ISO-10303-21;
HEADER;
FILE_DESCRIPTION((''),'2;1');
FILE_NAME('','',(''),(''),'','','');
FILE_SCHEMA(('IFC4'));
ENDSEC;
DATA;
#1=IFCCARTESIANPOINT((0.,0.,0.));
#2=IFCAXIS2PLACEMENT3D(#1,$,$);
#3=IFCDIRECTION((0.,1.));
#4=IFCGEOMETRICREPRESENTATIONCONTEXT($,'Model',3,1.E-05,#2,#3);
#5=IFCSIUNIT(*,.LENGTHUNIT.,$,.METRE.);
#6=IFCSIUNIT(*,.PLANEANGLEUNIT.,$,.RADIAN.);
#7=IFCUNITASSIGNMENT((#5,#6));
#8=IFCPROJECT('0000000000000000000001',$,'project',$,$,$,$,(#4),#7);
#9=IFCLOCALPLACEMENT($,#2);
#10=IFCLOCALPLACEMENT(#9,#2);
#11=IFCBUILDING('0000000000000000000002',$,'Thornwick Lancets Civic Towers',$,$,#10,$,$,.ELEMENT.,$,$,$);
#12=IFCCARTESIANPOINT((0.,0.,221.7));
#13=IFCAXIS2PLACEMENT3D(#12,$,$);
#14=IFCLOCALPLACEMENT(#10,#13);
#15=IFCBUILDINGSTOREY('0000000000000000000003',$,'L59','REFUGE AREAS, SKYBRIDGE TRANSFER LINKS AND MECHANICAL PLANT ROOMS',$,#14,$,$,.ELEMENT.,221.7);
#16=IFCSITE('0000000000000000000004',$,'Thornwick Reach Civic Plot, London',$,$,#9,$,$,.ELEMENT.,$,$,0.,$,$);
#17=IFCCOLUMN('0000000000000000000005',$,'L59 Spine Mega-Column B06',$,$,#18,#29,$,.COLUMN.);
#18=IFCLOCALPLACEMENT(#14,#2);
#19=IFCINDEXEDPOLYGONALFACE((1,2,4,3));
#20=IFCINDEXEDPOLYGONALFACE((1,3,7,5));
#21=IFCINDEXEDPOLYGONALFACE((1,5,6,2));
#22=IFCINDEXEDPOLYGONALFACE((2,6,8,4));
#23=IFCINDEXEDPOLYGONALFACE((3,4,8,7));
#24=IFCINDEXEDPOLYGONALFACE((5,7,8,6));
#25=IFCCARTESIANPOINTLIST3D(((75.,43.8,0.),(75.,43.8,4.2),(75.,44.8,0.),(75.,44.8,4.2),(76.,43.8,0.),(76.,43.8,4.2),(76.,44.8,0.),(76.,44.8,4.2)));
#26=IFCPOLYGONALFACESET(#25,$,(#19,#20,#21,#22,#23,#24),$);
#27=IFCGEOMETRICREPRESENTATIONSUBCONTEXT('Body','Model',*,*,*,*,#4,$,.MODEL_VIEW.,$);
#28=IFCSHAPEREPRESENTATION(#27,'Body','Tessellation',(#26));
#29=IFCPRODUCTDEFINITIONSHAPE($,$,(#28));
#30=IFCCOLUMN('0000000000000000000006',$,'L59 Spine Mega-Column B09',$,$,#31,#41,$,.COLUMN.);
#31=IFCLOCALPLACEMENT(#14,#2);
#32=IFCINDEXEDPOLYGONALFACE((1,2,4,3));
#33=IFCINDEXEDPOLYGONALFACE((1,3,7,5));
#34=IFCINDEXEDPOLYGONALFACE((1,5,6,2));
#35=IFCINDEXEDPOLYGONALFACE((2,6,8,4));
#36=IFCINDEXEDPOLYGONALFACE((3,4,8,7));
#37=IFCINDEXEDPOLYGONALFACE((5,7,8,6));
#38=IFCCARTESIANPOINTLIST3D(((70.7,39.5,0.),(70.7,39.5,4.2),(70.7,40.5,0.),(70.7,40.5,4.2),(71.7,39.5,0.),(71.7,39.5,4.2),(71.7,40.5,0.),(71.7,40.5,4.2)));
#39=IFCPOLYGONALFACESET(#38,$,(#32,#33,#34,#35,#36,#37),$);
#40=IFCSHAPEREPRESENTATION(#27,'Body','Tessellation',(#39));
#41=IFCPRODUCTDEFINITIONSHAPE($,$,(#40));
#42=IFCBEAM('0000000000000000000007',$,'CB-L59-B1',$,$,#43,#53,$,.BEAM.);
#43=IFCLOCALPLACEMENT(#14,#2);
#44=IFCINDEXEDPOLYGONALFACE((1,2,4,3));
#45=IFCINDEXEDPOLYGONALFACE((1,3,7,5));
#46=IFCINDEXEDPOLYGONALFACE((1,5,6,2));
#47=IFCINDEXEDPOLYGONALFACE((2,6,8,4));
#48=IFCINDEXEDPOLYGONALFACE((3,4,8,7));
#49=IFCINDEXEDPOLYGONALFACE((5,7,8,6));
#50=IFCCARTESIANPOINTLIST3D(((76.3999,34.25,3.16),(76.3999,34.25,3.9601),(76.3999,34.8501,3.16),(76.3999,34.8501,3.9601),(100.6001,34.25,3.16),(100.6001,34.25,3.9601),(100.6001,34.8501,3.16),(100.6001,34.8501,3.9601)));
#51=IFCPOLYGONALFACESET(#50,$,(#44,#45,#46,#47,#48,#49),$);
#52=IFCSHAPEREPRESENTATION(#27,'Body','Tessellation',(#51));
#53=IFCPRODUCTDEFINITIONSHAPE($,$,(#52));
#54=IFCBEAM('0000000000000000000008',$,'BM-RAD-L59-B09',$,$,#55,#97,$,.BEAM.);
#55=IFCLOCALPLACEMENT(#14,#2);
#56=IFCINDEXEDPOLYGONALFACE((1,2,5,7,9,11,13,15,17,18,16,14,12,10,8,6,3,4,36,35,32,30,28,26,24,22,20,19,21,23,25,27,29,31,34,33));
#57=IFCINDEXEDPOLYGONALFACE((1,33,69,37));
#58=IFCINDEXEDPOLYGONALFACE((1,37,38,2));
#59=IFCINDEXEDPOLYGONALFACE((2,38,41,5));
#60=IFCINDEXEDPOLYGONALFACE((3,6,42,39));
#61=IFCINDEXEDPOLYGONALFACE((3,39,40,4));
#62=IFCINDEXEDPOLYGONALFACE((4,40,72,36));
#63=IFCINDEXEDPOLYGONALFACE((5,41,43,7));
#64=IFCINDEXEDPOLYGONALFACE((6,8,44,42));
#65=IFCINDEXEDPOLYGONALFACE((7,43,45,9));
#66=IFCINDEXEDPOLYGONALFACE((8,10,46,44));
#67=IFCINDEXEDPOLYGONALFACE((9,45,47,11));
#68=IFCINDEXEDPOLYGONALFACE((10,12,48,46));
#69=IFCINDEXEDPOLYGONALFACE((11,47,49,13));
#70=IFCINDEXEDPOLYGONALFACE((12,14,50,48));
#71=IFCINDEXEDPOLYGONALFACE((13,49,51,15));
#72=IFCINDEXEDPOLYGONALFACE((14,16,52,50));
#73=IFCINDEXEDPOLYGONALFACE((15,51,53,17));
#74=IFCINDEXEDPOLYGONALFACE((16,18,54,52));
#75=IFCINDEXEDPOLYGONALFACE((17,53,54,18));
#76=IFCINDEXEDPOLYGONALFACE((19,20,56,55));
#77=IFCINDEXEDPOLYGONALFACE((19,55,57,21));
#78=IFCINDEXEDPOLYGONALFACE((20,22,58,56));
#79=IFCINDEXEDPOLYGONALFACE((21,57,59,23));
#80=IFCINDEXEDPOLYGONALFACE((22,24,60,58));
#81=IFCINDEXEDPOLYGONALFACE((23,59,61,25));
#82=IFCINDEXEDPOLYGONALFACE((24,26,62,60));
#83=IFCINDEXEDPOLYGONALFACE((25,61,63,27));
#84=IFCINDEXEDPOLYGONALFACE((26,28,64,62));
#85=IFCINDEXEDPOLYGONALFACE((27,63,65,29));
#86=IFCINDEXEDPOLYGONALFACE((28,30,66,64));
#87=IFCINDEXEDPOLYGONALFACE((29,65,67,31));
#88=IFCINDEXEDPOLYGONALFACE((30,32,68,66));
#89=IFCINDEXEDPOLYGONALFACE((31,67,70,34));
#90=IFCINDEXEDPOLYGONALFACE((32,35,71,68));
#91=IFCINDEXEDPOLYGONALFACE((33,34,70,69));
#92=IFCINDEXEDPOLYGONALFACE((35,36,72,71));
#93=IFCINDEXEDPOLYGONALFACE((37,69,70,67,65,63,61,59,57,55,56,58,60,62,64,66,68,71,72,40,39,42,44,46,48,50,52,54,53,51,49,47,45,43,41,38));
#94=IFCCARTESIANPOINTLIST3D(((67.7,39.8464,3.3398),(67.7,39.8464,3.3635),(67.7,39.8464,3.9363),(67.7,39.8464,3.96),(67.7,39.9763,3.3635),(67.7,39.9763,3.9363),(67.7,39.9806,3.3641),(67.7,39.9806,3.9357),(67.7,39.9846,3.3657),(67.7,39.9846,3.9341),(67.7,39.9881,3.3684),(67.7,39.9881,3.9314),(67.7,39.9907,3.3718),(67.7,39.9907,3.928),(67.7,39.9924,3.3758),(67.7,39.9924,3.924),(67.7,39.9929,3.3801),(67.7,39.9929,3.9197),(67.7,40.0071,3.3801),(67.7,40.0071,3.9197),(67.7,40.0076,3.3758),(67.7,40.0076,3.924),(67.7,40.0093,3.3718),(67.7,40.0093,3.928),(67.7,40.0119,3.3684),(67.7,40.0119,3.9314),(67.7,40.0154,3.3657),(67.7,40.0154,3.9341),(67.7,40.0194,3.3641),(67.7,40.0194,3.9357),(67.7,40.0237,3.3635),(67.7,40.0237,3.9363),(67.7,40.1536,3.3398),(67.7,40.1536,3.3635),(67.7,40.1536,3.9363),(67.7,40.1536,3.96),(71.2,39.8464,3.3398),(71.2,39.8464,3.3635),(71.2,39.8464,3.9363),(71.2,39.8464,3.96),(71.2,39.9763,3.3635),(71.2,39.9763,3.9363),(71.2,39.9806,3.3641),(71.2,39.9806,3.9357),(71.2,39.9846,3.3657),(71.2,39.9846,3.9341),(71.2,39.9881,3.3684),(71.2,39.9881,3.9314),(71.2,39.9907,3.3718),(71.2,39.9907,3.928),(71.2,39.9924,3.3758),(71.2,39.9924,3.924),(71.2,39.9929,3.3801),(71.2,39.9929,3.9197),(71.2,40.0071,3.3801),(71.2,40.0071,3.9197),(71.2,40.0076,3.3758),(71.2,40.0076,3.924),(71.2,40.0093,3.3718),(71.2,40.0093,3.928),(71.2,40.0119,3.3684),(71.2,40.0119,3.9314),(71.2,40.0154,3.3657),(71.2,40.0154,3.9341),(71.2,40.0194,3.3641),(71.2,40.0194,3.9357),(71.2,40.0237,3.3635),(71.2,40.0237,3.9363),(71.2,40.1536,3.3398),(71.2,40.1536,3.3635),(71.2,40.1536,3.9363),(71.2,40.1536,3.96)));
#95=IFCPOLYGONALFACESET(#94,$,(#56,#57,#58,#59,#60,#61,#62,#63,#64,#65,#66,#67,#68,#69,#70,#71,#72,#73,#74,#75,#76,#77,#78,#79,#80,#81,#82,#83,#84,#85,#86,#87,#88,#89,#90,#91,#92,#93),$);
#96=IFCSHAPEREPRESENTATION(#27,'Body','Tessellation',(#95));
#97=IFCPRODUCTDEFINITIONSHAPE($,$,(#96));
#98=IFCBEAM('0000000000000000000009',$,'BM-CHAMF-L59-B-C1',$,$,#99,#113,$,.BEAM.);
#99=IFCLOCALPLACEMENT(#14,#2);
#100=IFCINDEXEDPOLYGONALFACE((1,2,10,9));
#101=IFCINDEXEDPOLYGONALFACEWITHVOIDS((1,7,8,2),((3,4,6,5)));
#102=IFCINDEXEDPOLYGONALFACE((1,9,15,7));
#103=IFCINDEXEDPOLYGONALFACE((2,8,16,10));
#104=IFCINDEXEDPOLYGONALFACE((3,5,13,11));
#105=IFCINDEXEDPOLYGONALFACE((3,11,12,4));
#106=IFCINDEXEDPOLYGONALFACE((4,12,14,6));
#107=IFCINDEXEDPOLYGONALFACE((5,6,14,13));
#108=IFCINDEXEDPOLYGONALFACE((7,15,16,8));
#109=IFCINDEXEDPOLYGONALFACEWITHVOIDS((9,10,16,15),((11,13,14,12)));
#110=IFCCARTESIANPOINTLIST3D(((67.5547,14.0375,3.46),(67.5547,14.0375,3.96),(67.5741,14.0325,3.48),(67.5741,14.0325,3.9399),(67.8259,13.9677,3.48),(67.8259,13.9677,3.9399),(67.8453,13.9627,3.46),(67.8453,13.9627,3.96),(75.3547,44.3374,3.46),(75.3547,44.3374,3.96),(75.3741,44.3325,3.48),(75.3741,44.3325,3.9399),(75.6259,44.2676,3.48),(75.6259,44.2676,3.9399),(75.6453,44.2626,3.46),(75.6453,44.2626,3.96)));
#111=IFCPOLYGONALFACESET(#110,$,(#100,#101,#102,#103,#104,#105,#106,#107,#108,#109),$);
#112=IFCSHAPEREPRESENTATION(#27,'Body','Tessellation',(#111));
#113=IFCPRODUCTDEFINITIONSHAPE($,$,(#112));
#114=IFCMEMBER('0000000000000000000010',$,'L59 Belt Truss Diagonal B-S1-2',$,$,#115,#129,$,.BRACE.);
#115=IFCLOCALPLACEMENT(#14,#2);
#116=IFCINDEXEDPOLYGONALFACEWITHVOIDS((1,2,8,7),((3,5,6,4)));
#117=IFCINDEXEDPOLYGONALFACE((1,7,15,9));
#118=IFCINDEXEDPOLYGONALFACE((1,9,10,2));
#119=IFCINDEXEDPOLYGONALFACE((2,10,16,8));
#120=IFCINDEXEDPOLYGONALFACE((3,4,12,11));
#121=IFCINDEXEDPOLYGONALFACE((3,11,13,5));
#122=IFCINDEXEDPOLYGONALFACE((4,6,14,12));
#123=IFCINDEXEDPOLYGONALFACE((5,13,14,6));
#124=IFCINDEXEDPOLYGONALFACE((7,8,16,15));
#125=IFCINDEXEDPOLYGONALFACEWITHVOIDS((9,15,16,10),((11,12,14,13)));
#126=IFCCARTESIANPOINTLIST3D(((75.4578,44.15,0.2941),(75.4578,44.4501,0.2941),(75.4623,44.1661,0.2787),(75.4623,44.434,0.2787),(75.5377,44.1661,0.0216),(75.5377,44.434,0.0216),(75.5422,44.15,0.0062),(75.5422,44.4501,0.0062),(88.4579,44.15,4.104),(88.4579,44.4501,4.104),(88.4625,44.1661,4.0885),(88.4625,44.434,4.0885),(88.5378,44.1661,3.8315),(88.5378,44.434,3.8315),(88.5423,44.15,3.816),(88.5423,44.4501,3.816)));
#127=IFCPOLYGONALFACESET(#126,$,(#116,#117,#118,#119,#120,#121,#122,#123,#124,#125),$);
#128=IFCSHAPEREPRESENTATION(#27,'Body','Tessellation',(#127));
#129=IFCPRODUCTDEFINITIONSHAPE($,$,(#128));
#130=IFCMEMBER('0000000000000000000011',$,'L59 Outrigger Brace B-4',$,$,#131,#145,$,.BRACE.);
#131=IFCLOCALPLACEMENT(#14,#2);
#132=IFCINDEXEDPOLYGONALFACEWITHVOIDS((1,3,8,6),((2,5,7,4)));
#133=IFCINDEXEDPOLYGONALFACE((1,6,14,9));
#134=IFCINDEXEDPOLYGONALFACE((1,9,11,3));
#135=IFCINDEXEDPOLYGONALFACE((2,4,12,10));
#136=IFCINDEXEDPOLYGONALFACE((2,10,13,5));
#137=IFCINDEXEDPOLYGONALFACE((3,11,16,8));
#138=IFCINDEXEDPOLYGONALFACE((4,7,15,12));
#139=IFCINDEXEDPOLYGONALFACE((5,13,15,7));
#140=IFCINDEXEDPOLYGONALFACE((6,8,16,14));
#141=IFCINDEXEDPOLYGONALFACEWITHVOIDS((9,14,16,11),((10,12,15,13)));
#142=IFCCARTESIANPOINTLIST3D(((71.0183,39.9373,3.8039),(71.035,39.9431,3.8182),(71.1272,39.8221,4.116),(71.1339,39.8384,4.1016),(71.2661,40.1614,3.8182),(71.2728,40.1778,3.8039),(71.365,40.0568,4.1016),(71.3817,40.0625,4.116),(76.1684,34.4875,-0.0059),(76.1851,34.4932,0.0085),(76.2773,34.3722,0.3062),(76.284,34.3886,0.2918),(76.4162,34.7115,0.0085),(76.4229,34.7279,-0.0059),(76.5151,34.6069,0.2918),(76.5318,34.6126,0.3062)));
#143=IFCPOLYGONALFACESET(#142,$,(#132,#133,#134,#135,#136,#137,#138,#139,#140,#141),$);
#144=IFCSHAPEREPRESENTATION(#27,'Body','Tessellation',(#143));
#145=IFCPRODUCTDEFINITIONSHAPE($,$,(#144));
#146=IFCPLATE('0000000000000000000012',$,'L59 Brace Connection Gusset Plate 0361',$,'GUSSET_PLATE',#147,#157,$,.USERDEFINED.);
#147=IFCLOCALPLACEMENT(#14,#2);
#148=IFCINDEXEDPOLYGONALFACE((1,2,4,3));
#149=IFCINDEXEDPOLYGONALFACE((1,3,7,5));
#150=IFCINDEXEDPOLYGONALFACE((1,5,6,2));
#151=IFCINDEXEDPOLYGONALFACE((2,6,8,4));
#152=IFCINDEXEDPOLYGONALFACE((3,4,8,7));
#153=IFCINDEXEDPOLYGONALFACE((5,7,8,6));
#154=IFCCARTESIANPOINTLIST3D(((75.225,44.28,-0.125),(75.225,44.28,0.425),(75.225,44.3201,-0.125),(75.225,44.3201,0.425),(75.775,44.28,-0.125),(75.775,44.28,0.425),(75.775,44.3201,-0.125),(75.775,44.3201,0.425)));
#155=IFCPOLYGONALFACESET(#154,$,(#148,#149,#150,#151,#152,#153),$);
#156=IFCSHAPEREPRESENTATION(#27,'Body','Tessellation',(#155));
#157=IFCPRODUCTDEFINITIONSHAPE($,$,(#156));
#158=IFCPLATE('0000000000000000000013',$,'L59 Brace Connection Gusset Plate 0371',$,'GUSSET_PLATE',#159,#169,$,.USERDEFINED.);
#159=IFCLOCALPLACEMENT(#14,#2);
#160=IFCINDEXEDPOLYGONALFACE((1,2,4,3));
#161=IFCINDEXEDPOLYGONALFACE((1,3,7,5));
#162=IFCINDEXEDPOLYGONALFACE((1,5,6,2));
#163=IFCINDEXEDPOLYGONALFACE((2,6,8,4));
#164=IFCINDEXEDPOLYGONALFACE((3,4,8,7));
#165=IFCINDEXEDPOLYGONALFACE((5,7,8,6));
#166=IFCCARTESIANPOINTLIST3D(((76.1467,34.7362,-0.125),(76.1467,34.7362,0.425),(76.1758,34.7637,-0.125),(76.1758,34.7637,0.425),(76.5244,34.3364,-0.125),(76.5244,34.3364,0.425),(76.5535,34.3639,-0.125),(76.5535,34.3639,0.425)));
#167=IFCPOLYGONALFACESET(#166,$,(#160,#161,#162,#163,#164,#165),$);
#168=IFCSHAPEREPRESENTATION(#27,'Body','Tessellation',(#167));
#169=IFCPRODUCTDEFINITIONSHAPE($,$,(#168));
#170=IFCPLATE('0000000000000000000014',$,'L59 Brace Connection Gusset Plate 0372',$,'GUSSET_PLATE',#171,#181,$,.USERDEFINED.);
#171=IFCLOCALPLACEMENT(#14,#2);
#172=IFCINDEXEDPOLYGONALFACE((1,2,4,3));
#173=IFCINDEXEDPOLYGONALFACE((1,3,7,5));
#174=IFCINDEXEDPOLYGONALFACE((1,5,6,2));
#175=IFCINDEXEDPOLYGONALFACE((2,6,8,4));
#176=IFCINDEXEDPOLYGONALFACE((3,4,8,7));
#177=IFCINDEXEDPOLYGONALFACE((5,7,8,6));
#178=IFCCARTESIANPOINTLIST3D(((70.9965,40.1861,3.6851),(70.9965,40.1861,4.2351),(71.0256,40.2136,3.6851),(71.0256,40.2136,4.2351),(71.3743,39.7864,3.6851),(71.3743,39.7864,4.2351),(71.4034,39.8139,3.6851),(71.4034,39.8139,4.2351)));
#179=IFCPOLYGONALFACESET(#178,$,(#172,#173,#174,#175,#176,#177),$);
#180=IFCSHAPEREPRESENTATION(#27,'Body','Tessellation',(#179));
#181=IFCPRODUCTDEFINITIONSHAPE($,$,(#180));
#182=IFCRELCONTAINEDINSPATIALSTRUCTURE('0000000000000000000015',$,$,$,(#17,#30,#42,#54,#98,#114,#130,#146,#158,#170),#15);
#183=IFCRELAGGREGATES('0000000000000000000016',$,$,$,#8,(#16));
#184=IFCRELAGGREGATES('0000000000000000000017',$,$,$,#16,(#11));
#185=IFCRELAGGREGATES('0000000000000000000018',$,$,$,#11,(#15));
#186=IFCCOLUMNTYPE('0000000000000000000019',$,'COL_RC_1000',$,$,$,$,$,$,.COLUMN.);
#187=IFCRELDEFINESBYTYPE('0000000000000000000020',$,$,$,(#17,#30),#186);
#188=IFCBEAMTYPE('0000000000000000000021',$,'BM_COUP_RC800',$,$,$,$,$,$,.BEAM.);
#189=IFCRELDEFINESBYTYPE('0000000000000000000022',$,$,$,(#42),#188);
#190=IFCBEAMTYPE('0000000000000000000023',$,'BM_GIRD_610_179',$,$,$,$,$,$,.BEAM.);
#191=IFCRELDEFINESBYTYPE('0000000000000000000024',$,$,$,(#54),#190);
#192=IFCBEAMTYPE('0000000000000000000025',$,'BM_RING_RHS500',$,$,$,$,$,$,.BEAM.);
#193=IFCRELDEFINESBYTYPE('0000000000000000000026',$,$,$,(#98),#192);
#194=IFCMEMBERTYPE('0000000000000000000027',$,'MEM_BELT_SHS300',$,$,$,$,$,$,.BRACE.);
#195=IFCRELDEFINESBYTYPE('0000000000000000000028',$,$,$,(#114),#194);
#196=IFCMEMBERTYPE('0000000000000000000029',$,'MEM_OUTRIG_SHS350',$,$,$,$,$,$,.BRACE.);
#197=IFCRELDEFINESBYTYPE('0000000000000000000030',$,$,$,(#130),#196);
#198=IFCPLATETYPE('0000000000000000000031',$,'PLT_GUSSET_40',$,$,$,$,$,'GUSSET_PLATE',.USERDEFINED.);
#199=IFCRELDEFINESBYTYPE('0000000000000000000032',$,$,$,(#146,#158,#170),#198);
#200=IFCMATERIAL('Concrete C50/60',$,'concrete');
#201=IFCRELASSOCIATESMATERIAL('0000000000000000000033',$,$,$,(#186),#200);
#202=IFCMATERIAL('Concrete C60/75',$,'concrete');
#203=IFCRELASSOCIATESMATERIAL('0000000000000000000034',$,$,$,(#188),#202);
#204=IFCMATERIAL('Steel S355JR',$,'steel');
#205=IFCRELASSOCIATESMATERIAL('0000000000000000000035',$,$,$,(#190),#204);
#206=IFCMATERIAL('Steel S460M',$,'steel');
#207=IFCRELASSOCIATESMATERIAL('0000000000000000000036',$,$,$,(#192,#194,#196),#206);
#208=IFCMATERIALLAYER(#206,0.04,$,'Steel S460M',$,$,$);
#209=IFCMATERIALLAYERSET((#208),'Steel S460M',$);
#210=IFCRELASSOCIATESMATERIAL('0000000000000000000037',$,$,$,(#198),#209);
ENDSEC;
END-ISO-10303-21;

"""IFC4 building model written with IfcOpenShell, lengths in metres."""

from ifc_helpers import new_model, si_unit, direction, frame, origin, origin_2d, place, context, subcontext, project, spatial, rectangle, hollow_rectangle, i_section, extrude, material, layer, layer_set, material_profile, profile_set, type_object, element, save


model = new_model("IFC4")

# Units and contexts
model_context = context("Model", 3, precision=1e-05, world=origin(), true_north=direction((0.0, 1.0)))
body_context = subcontext(model_context, "Body", "Model", "MODEL_VIEW")
ifc_project = project(units=[si_unit("LENGTHUNIT", "METRE"), si_unit("PLANEANGLEUNIT", "RADIAN")], contexts=[model_context])

# Site, building, storey
site_placement = place(None, origin())
site = spatial("IfcSite", under=ifc_project, at=site_placement, Name="Thornwick Reach Civic Plot, London", CompositionType="ELEMENT", RefElevation=0.0)
building_placement = place(site_placement, origin())
building = spatial("IfcBuilding", under=site, at=building_placement, Name="Thornwick Lancets Civic Towers", CompositionType="ELEMENT")
storey_placement = place(building_placement, frame((0.0, 0.0, 221.7)))
storey = spatial("IfcBuildingStorey", under=building, at=storey_placement, Name="L59", Description="REFUGE AREAS, SKYBRIDGE TRANSFER LINKS AND MECHANICAL PLANT ROOMS", CompositionType="ELEMENT", Elevation=221.7)

# Columns
ifc_material_1 = material(Name="Concrete C50/60", Category="concrete")
ifc_material_profile_1 = material_profile(ifc_material_1, rectangle(XDim=1.0, YDim=1.0, at=origin_2d()), Name="RC 1000x1000")
ifc_profile_set_1 = profile_set([ifc_material_profile_1], Name="Concrete C50/60")
column_type = type_object("IfcColumnType", Name="COL_RC_1000", PredefinedType="COLUMN", material=ifc_profile_set_1)
for number, where, z_axis, x_axis, name in (
    (1, (75.5, 44.3, 0.0), (0.0, 0.0, 1.0), (1.0, 0.0, 0.0), "L59 Spine Mega-Column B06"),
    (2, (71.2, 40.0, 0.0), (0.0, 0.0, 1.0), (1.0, 0.0, 0.0), "L59 Spine Mega-Column B09"),
):
    element("IfcColumn", number, at=place(storey_placement, frame(where, z_axis=z_axis, x_axis=x_axis)), inside=storey, type_object=column_type, Name=name, PredefinedType="COLUMN", context=body_context, shape_type="SweptSolid", body=[
        extrude(rectangle(XDim=1.0, YDim=1.0, at=origin_2d()), origin(), (0.0, 0.0, 1.0), 4.2),
    ])

# Beams
ifc_material_2 = material(Name="Concrete C60/75", Category="concrete")
ifc_material_profile_2 = material_profile(ifc_material_2, rectangle(XDim=0.6001, YDim=0.8, at=origin_2d()), Name="RC 600x800")
ifc_profile_set_2 = profile_set([ifc_material_profile_2], Name="Concrete C60/75")
beam_type_1 = type_object("IfcBeamType", Name="BM_COUP_RC800", PredefinedType="BEAM", material=ifc_profile_set_2)
beam_1_placement = place(storey_placement, frame((76.3999, 34.55, 3.5601), z_axis=(1.0, 0.0, 0.0), x_axis=(0.0, 1.0, 0.0)))
element("IfcBeam", 3, at=beam_1_placement, inside=storey, type_object=beam_type_1, Name="CB-L59-B1", PredefinedType="BEAM", context=body_context, shape_type="SweptSolid", body=[
    extrude(rectangle(XDim=0.6001, YDim=0.8, at=origin_2d()), origin(), (0.0, 0.0, 1.0), 24.2002),
])
ifc_material_3 = material(Name="Steel S355JR", Category="steel")
ifc_material_profile_3 = material_profile(ifc_material_3, i_section(OverallWidth=0.3071, OverallDepth=0.6201, WebThickness=0.0142, FlangeThickness=0.0237, FilletRadius=0.0166, at=origin_2d()), Name="UKB 610x305x179")
ifc_profile_set_3 = profile_set([ifc_material_profile_3], Name="Steel S355JR")
beam_type_2 = type_object("IfcBeamType", Name="BM_GIRD_610_179", PredefinedType="BEAM", material=ifc_profile_set_3)
beam_2_placement = place(storey_placement, frame((71.2, 40.0, 3.6499), z_axis=(-1.0, 0.0, 0.0), x_axis=(0.0, -1.0, 0.0)))
element("IfcBeam", 4, at=beam_2_placement, inside=storey, type_object=beam_type_2, Name="BM-RAD-L59-B09", PredefinedType="BEAM", context=body_context, shape_type="SweptSolid", body=[
    extrude(i_section(OverallWidth=0.3071, OverallDepth=0.6201, WebThickness=0.0142, FlangeThickness=0.0237, FilletRadius=0.0166, at=origin_2d()), origin(), (0.0, 0.0, 1.0), 3.5),
])
ifc_material_4 = material(Name="Steel S460M", Category="steel")
ifc_material_profile_4 = material_profile(ifc_material_4, hollow_rectangle(XDim=0.3, YDim=0.5, WallThickness=0.02, at=origin_2d()), Name="RHS 500x300x20")
ifc_profile_set_4 = profile_set([ifc_material_profile_4], Name="Steel S460M")
beam_type_3 = type_object("IfcBeamType", Name="BM_RING_RHS500", PredefinedType="BEAM", material=ifc_profile_set_4)
beam_3_placement = place(storey_placement, frame((75.5, 44.3, 3.71), z_axis=(-0.249299, -0.968427, 0.0), x_axis=(0.968427, -0.249299, 0.0)))
element("IfcBeam", 5, at=beam_3_placement, inside=storey, type_object=beam_type_3, Name="BM-CHAMF-L59-B-C1", PredefinedType="BEAM", context=body_context, shape_type="SweptSolid", body=[
    extrude(hollow_rectangle(XDim=0.3, YDim=0.5, WallThickness=0.02, at=origin_2d()), origin(), (0.0, 0.0, 1.0), 31.2878),
])

# Members
ifc_material_profile_5 = material_profile(ifc_material_4, hollow_rectangle(XDim=0.3, YDim=0.3, WallThickness=0.0161, at=origin_2d()), Name="SHS 300x300x16")
ifc_profile_set_5 = profile_set([ifc_material_profile_5], Name="Steel S460M")
member_type_1 = type_object("IfcMemberType", Name="MEM_BELT_SHS300", PredefinedType="BRACE", material=ifc_profile_set_5)
member_1_placement = place(storey_placement, frame((75.5, 44.3, 0.1501), z_axis=(0.959639, 0.0, 0.281234), x_axis=(0.0, 1.0, 0.0)))
element("IfcMember", 6, at=member_1_placement, inside=storey, type_object=member_type_1, Name="L59 Belt Truss Diagonal B-S1-2", PredefinedType="BRACE", context=body_context, shape_type="SweptSolid", body=[
    extrude(hollow_rectangle(XDim=0.3, YDim=0.3, WallThickness=0.0161, at=origin_2d()), origin(), (0.0, 0.0, 1.0), 13.5469),
])
ifc_material_profile_6 = material_profile(ifc_material_4, hollow_rectangle(XDim=0.3501, YDim=0.3501, WallThickness=0.0161, at=origin_2d()), Name="SHS 350x350x16")
ifc_profile_set_6 = profile_set([ifc_material_profile_6], Name="Steel S460M")
member_type_2 = type_object("IfcMemberType", Name="MEM_OUTRIG_SHS350", PredefinedType="BRACE", material=ifc_profile_set_6)
member_2_placement = place(storey_placement, frame((76.3501, 34.55, 0.1501), z_axis=(-0.612329, 0.647975, 0.45297), x_axis=(-0.726815, -0.686833, 0.0)))
element("IfcMember", 7, at=member_2_placement, inside=storey, type_object=member_type_2, Name="L59 Outrigger Brace B-4", PredefinedType="BRACE", context=body_context, shape_type="SweptSolid", body=[
    extrude(hollow_rectangle(XDim=0.3501, YDim=0.3501, WallThickness=0.0161, at=origin_2d()), origin(), (0.0, 0.0, 1.0), 8.4106),
])

# Plates
ifc_layer_1 = layer(ifc_material_4, 0.04, Name="Steel S460M")
ifc_layer_set_1 = layer_set([ifc_layer_1], Name="Steel S460M")
plate_type = type_object("IfcPlateType", Name="PLT_GUSSET_40", ElementType="GUSSET_PLATE", PredefinedType="USERDEFINED", material=ifc_layer_set_1)
for number, where, z_axis, x_axis, name in (
    (8, (75.5, 44.3, -0.125), (0.0, 0.0, 1.0), (1.0, 0.0, 0.0), "L59 Brace Connection Gusset Plate 0361"),
    (9, (76.3501, 34.55, -0.125), (0.0, 0.0, 1.0), (-0.686834, 0.726814, 0.0), "L59 Brace Connection Gusset Plate 0371"),
    (10, (71.2, 40.0, 3.6851), (0.0, 0.0, 1.0), (-0.686834, 0.726814, 0.0), "L59 Brace Connection Gusset Plate 0372"),
):
    element("IfcPlate", number, at=place(storey_placement, frame(where, z_axis=z_axis, x_axis=x_axis)), inside=storey, type_object=plate_type, Name=name, ObjectType="GUSSET_PLATE", PredefinedType="USERDEFINED", context=body_context, shape_type="SweptSolid", body=[
        extrude(rectangle(XDim=0.55, YDim=0.04, at=origin_2d()), origin(), (0.0, 0.0, 1.0), 0.55),
    ])

save(model, "model.ifc")
